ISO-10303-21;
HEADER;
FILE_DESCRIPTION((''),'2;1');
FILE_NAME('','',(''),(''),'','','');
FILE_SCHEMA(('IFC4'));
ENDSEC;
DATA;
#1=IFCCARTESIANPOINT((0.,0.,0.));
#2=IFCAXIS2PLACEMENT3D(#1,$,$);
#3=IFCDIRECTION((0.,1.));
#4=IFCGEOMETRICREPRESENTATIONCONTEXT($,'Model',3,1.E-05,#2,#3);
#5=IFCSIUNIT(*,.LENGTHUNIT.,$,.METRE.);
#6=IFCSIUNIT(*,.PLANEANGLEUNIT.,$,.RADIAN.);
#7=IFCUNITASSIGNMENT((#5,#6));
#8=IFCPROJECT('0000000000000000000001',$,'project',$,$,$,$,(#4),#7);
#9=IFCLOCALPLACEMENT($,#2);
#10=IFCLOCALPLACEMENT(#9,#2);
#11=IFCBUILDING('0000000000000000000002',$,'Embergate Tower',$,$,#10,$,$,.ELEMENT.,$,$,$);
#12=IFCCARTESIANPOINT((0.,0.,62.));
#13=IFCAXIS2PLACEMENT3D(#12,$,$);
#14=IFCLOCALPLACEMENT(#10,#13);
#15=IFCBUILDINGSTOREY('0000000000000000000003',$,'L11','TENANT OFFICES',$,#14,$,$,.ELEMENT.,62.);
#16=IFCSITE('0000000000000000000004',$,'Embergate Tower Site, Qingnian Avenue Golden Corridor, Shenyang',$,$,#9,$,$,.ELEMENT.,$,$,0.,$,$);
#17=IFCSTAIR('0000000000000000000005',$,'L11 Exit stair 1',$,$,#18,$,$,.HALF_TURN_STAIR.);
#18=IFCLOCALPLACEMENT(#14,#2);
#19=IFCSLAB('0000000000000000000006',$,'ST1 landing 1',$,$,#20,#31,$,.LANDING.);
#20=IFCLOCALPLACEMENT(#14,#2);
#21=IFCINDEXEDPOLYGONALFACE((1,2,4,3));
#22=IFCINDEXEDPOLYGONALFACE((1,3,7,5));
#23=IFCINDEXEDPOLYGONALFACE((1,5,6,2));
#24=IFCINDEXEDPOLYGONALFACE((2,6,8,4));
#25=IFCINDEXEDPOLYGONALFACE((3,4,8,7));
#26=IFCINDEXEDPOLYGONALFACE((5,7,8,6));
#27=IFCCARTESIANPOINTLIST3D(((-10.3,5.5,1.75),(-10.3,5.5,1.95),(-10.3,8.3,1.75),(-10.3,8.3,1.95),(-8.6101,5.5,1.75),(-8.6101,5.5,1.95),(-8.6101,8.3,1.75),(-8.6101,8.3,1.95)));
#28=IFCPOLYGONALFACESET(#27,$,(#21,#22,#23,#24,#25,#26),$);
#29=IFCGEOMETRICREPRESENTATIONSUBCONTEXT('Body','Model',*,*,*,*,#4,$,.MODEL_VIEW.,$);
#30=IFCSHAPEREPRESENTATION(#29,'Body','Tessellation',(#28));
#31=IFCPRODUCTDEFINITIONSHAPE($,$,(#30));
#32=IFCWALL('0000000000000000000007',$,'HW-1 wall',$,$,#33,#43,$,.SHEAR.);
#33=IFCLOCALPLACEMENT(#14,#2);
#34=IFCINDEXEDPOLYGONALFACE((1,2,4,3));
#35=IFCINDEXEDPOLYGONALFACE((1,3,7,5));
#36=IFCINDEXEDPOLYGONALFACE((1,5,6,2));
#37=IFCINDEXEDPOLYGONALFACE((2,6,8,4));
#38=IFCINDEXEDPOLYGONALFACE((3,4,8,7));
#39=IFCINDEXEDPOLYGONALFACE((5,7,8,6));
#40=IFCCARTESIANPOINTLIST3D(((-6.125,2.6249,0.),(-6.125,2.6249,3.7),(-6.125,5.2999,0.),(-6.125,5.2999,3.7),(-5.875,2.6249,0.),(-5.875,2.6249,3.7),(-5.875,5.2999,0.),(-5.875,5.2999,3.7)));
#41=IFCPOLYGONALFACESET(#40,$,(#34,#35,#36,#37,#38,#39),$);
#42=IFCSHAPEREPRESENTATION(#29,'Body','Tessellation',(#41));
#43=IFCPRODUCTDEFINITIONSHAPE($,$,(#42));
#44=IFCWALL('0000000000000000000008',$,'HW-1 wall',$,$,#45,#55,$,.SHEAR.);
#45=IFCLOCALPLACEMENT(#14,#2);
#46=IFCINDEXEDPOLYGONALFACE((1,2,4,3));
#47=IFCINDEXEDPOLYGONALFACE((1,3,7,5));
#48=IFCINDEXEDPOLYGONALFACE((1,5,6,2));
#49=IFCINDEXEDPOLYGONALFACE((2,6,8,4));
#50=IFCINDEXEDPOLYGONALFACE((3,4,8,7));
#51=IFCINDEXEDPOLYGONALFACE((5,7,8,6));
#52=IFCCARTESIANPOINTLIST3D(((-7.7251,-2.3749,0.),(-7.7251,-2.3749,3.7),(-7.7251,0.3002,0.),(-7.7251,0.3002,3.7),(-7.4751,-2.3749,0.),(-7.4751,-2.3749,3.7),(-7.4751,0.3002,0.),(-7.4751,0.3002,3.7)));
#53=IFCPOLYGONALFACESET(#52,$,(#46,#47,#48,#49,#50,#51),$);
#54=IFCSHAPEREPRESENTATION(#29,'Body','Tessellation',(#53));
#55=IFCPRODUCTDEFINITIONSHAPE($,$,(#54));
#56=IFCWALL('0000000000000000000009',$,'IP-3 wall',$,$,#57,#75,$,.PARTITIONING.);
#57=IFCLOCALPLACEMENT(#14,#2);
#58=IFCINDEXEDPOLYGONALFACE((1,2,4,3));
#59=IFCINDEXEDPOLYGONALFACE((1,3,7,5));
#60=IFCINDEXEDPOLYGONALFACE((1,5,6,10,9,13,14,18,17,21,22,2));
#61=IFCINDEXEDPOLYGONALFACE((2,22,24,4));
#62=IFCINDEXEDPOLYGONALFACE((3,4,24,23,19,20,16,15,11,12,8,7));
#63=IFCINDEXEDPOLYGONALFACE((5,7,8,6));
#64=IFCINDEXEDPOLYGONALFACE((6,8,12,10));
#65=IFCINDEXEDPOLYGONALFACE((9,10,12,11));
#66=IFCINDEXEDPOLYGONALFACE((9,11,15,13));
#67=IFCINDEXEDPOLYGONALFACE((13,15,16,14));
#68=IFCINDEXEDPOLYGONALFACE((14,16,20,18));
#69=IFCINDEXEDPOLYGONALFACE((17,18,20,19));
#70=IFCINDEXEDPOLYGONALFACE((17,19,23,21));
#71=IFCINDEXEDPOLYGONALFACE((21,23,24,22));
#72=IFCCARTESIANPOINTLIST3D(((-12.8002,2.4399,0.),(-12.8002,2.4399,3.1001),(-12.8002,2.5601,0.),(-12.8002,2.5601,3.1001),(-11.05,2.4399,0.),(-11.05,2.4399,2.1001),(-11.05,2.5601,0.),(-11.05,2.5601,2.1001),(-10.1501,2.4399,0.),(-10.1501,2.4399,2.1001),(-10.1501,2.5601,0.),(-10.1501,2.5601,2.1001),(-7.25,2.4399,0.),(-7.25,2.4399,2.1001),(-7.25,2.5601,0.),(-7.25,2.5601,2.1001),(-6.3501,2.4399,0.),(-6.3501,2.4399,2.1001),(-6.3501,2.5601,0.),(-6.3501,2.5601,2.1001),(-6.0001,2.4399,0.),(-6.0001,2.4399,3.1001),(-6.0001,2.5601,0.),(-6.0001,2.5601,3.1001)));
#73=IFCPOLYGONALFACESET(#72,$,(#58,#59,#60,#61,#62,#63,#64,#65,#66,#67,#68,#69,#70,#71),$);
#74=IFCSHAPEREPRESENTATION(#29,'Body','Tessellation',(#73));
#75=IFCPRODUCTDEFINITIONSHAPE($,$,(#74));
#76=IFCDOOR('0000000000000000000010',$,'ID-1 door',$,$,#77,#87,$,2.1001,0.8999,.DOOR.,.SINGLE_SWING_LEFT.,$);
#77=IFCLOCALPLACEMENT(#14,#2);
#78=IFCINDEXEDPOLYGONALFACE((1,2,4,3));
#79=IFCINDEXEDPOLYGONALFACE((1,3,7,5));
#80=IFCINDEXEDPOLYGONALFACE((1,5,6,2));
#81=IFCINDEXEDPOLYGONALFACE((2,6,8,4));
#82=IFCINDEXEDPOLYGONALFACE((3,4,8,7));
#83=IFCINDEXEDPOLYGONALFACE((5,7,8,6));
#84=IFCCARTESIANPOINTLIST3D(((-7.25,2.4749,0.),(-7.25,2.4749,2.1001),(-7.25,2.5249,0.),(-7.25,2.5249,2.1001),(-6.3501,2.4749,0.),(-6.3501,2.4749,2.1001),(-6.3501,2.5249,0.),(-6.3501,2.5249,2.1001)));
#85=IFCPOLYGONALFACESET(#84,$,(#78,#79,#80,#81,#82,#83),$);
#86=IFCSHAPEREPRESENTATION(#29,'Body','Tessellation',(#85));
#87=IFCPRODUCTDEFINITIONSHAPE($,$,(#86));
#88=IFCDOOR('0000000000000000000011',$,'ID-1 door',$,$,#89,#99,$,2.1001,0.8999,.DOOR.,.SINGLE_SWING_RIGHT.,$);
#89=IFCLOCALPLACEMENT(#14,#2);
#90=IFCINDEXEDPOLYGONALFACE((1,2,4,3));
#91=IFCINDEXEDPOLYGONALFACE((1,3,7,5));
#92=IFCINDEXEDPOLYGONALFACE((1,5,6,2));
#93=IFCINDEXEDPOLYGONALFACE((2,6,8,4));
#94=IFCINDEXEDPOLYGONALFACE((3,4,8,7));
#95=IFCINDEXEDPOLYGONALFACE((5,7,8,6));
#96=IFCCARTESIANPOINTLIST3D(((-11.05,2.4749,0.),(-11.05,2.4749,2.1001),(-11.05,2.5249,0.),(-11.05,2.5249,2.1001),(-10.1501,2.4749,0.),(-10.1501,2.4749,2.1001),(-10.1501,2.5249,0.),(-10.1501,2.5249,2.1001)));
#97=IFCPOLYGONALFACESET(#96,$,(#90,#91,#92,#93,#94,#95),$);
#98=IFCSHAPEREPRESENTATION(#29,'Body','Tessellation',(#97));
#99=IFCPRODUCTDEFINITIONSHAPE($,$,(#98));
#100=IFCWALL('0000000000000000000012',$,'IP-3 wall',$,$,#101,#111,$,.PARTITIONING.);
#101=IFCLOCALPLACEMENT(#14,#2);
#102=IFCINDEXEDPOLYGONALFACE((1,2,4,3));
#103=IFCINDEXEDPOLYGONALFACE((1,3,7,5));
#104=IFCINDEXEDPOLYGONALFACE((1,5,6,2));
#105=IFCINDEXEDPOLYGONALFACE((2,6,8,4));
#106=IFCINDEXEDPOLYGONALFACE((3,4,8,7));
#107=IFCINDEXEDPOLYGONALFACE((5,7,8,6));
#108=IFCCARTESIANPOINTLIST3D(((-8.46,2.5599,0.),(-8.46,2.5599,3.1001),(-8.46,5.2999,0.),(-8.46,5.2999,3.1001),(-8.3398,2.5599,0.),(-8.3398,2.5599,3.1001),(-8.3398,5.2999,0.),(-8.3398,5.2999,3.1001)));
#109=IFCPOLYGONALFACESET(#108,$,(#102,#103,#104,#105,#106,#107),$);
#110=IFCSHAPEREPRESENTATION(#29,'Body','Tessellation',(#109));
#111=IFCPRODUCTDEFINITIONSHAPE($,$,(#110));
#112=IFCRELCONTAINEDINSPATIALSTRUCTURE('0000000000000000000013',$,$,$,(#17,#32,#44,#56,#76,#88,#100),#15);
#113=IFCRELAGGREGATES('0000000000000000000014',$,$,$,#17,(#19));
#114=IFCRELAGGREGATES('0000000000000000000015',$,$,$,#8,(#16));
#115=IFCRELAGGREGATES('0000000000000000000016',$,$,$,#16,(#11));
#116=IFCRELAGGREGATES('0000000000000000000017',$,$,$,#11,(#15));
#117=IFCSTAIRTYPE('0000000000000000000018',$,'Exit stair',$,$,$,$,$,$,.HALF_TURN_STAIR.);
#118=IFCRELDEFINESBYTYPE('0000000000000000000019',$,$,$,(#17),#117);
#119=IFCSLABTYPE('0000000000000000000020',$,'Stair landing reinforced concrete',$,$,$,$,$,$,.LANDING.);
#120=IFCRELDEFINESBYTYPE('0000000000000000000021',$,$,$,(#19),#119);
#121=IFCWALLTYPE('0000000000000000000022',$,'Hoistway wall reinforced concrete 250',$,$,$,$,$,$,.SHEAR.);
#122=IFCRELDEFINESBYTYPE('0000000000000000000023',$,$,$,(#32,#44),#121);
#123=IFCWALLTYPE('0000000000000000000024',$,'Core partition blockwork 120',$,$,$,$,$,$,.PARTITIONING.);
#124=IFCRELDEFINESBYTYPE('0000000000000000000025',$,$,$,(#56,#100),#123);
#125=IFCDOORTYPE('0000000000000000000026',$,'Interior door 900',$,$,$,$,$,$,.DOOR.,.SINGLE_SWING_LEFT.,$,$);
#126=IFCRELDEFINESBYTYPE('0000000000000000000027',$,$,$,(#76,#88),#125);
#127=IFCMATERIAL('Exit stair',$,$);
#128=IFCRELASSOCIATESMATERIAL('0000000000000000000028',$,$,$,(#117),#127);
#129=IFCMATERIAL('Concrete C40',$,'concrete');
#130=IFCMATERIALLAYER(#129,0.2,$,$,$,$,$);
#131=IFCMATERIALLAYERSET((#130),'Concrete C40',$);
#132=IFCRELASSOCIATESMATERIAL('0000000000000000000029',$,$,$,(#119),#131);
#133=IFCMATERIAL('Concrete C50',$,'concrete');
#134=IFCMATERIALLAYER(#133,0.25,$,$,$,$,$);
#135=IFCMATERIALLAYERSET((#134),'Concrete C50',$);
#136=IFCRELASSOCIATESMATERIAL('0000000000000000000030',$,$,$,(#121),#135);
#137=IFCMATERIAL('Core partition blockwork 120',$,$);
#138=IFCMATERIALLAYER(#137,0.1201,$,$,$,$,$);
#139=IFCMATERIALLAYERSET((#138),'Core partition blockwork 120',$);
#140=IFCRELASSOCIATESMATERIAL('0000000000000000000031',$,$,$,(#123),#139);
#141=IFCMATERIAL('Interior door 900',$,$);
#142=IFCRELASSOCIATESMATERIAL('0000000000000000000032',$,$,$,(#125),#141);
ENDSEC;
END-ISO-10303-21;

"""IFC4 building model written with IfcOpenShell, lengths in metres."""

from ifc_helpers import new_model, si_unit, direction, frame, frame_2d, origin, place, context, subcontext, project, spatial, polyline, rectangle, outline, extrude, source, transform, mapped, material, layer, layer_set, type_object, element, fill, aggregate, save


model = new_model("IFC4")

# Units and contexts
model_context = context("Model", 3, precision=1e-05, world=origin(), true_north=direction((0.0, 1.0)))
body_context = subcontext(model_context, "Body", "Model", "MODEL_VIEW")
ifc_project = project(units=[si_unit("LENGTHUNIT", "METRE"), si_unit("PLANEANGLEUNIT", "RADIAN")], contexts=[model_context])

# Site, building, storey
site_placement = place(None, origin())
site = spatial("IfcSite", under=ifc_project, at=site_placement, Name="Embergate Tower Site, Qingnian Avenue Golden Corridor, Shenyang", CompositionType="ELEMENT", RefElevation=0.0)
building_placement = place(site_placement, origin())
building = spatial("IfcBuilding", under=site, at=building_placement, Name="Embergate Tower", CompositionType="ELEMENT")
storey_placement = place(building_placement, frame((0.0, 0.0, 62.0)))
storey = spatial("IfcBuildingStorey", under=building, at=storey_placement, Name="L11", Description="TENANT OFFICES", CompositionType="ELEMENT", Elevation=62.0)

# Stair, slab
ifc_material_1 = material(Name="Exit stair")
stair_type = type_object("IfcStairType", Name="Exit stair", PredefinedType="HALF_TURN_STAIR", material=ifc_material_1)
stair_placement = place(storey_placement, origin())
stair = element("IfcStair", 1, at=stair_placement, inside=storey, type_object=stair_type, Name="L11 Exit stair 1", PredefinedType="HALF_TURN_STAIR")
ifc_material_2 = material(Name="Concrete C40", Category="concrete")
ifc_layer_1 = layer(ifc_material_2, 0.2)
ifc_layer_set_1 = layer_set([ifc_layer_1], Name="Concrete C40")
slab_type = type_object("IfcSlabType", Name="Stair landing reinforced concrete", PredefinedType="LANDING", material=ifc_layer_set_1)
shared_shape_1 = source(origin(), body_context, "Body", "SweptSolid", [
    extrude(outline(polyline([(0.0, 0.0), (1.6899, 0.0), (1.6899, 2.8), (0.0, 2.8), (0.0, 0.0)])), origin(), (0.0, 0.0, 1.0), 0.2),
])
slab_placement = place(storey_placement, frame((-10.3, 5.5, 1.75)))
slab = element("IfcSlab", 2, at=slab_placement, type_object=slab_type, Name="ST1 landing 1", PredefinedType="LANDING", context=body_context, shape_type="MappedRepresentation", body=[
    mapped(shared_shape_1, transform((0.0, 0.0, 0.0))),
])

# Walls
ifc_material_3 = material(Name="Concrete C50", Category="concrete")
ifc_layer_2 = layer(ifc_material_3, 0.25)
ifc_layer_set_2 = layer_set([ifc_layer_2], Name="Concrete C50")
wall_type_1 = type_object("IfcWallType", Name="Hoistway wall reinforced concrete 250", PredefinedType="SHEAR", material=ifc_layer_set_2)
shared_shape_2 = source(origin(), body_context, "Body", "SweptSolid", [
    extrude(rectangle(XDim=2.675, YDim=0.25, at=frame_2d((1.3374, 0.0))), origin(), (0.0, 0.0, 1.0), 3.7),
])
for number, where, z_axis, x_axis, name in (
    (3, (-6.0, 2.625, 0.0), (0.0, 0.0, 1.0), (0.0, 1.0, 0.0), "HW-1 wall"),
    (4, (-7.6001, 0.3, 0.0), (0.0, 0.0, 1.0), (0.0, -1.0, 0.0), "HW-1 wall"),
):
    element("IfcWall", number, at=place(storey_placement, frame(where, z_axis=z_axis, x_axis=x_axis)), inside=storey, type_object=wall_type_1, Name=name, PredefinedType="SHEAR", context=body_context, shape_type="MappedRepresentation", body=[
        mapped(shared_shape_2, transform((0.0, 0.0, 0.0))),
    ])

# Wall, openings, doors
ifc_material_4 = material(Name="Core partition blockwork 120")
ifc_layer_3 = layer(ifc_material_4, 0.1201)
ifc_layer_set_3 = layer_set([ifc_layer_3], Name="Core partition blockwork 120")
wall_type_2 = type_object("IfcWallType", Name="Core partition blockwork 120", PredefinedType="PARTITIONING", material=ifc_layer_set_3)
shared_shape_3 = source(origin(), body_context, "Body", "SweptSolid", [
    extrude(rectangle(XDim=6.8, YDim=0.1201, at=frame_2d((3.3999, 0.0))), origin(), (0.0, 0.0, 1.0), 3.1001),
])
wall_1_placement = place(storey_placement, frame((-12.8, 2.5, 0.0), z_axis=(0.0, 0.0, 1.0), x_axis=(1.0, 0.0, 0.0)))
wall_1 = element("IfcWall", 5, at=wall_1_placement, inside=storey, type_object=wall_type_2, Name="IP-3 wall", PredefinedType="PARTITIONING", context=body_context, shape_type="MappedRepresentation", body=[
    mapped(shared_shape_3, transform((0.0, 0.0, 0.0))),
])
shared_shape_4 = source(origin(), body_context, "Body", "SweptSolid", [
    extrude(rectangle(XDim=0.8999, YDim=2.1001, at=frame_2d((0.45, 1.05))), frame((0.0, 0.0701, 0.0), z_axis=(0.0, -1.0, 0.0), x_axis=(1.0, 0.0, 0.0)), (0.0, 0.0, 1.0), 0.1401),
])
opening_1_placement = place(wall_1_placement, frame((5.55, 0.0, 0.0)))
opening_1 = element("IfcOpeningElement", 6, at=opening_1_placement, cuts=wall_1, PredefinedType="OPENING", context=body_context, shape_type="MappedRepresentation", body=[
    mapped(shared_shape_4, transform((0.0, 0.0, 0.0))),
])
opening_2_placement = place(wall_1_placement, frame((1.75, 0.0, 0.0)))
opening_2 = element("IfcOpeningElement", 7, at=opening_2_placement, cuts=wall_1, PredefinedType="OPENING", context=body_context, shape_type="MappedRepresentation", body=[
    mapped(shared_shape_4, transform((0.0, 0.0, 0.0))),
])
ifc_material_5 = material(Name="Interior door 900")
door_type_1 = type_object("IfcDoorType", Name="Interior door 900", OperationType="SINGLE_SWING_LEFT", PredefinedType="DOOR", material=ifc_material_5)
shared_shape_5 = source(origin(), body_context, "Body", "SweptSolid", [
    extrude(rectangle(XDim=0.8999, YDim=2.1001, at=frame_2d((0.45, 1.05))), frame((0.0, 0.0249, 0.0), z_axis=(0.0, -1.0, 0.0), x_axis=(1.0, 0.0, 0.0)), (0.0, 0.0, 1.0), 0.05),
])
door_1_placement = place(opening_1_placement, origin())
door_1 = element("IfcDoor", 8, at=door_1_placement, inside=storey, type_object=door_type_1, Name="ID-1 door", OperationType="SINGLE_SWING_LEFT", OverallHeight=2.1001, OverallWidth=0.8999, PredefinedType="DOOR", context=body_context, shape_type="MappedRepresentation", body=[
    mapped(shared_shape_5, transform((0.0, 0.0, 0.0))),
])
fill(opening_1, door_1)
door_2_placement = place(opening_2_placement, origin())
door_2 = element("IfcDoor", 9, at=door_2_placement, inside=storey, type_object=door_type_1, Name="ID-1 door", OperationType="SINGLE_SWING_RIGHT", OverallHeight=2.1001, OverallWidth=0.8999, PredefinedType="DOOR", context=body_context, shape_type="MappedRepresentation", body=[
    mapped(shared_shape_5, transform((0.0, 0.0, 0.0))),
])
fill(opening_2, door_2)

# Wall
shared_shape_6 = source(origin(), body_context, "Body", "SweptSolid", [
    extrude(rectangle(XDim=2.74, YDim=0.1201, at=frame_2d((1.3701, 0.0))), origin(), (0.0, 0.0, 1.0), 3.1001),
])
wall_2_placement = place(storey_placement, frame((-8.3999, 5.3, 0.0), z_axis=(0.0, 0.0, 1.0), x_axis=(0.0, -1.0, 0.0)))
element("IfcWall", 10, at=wall_2_placement, inside=storey, type_object=wall_type_2, Name="IP-3 wall", PredefinedType="PARTITIONING", context=body_context, shape_type="MappedRepresentation", body=[
    mapped(shared_shape_6, transform((0.0, 0.0, 0.0))),
])

aggregate(stair, [slab])

save(model, "model.ifc")
